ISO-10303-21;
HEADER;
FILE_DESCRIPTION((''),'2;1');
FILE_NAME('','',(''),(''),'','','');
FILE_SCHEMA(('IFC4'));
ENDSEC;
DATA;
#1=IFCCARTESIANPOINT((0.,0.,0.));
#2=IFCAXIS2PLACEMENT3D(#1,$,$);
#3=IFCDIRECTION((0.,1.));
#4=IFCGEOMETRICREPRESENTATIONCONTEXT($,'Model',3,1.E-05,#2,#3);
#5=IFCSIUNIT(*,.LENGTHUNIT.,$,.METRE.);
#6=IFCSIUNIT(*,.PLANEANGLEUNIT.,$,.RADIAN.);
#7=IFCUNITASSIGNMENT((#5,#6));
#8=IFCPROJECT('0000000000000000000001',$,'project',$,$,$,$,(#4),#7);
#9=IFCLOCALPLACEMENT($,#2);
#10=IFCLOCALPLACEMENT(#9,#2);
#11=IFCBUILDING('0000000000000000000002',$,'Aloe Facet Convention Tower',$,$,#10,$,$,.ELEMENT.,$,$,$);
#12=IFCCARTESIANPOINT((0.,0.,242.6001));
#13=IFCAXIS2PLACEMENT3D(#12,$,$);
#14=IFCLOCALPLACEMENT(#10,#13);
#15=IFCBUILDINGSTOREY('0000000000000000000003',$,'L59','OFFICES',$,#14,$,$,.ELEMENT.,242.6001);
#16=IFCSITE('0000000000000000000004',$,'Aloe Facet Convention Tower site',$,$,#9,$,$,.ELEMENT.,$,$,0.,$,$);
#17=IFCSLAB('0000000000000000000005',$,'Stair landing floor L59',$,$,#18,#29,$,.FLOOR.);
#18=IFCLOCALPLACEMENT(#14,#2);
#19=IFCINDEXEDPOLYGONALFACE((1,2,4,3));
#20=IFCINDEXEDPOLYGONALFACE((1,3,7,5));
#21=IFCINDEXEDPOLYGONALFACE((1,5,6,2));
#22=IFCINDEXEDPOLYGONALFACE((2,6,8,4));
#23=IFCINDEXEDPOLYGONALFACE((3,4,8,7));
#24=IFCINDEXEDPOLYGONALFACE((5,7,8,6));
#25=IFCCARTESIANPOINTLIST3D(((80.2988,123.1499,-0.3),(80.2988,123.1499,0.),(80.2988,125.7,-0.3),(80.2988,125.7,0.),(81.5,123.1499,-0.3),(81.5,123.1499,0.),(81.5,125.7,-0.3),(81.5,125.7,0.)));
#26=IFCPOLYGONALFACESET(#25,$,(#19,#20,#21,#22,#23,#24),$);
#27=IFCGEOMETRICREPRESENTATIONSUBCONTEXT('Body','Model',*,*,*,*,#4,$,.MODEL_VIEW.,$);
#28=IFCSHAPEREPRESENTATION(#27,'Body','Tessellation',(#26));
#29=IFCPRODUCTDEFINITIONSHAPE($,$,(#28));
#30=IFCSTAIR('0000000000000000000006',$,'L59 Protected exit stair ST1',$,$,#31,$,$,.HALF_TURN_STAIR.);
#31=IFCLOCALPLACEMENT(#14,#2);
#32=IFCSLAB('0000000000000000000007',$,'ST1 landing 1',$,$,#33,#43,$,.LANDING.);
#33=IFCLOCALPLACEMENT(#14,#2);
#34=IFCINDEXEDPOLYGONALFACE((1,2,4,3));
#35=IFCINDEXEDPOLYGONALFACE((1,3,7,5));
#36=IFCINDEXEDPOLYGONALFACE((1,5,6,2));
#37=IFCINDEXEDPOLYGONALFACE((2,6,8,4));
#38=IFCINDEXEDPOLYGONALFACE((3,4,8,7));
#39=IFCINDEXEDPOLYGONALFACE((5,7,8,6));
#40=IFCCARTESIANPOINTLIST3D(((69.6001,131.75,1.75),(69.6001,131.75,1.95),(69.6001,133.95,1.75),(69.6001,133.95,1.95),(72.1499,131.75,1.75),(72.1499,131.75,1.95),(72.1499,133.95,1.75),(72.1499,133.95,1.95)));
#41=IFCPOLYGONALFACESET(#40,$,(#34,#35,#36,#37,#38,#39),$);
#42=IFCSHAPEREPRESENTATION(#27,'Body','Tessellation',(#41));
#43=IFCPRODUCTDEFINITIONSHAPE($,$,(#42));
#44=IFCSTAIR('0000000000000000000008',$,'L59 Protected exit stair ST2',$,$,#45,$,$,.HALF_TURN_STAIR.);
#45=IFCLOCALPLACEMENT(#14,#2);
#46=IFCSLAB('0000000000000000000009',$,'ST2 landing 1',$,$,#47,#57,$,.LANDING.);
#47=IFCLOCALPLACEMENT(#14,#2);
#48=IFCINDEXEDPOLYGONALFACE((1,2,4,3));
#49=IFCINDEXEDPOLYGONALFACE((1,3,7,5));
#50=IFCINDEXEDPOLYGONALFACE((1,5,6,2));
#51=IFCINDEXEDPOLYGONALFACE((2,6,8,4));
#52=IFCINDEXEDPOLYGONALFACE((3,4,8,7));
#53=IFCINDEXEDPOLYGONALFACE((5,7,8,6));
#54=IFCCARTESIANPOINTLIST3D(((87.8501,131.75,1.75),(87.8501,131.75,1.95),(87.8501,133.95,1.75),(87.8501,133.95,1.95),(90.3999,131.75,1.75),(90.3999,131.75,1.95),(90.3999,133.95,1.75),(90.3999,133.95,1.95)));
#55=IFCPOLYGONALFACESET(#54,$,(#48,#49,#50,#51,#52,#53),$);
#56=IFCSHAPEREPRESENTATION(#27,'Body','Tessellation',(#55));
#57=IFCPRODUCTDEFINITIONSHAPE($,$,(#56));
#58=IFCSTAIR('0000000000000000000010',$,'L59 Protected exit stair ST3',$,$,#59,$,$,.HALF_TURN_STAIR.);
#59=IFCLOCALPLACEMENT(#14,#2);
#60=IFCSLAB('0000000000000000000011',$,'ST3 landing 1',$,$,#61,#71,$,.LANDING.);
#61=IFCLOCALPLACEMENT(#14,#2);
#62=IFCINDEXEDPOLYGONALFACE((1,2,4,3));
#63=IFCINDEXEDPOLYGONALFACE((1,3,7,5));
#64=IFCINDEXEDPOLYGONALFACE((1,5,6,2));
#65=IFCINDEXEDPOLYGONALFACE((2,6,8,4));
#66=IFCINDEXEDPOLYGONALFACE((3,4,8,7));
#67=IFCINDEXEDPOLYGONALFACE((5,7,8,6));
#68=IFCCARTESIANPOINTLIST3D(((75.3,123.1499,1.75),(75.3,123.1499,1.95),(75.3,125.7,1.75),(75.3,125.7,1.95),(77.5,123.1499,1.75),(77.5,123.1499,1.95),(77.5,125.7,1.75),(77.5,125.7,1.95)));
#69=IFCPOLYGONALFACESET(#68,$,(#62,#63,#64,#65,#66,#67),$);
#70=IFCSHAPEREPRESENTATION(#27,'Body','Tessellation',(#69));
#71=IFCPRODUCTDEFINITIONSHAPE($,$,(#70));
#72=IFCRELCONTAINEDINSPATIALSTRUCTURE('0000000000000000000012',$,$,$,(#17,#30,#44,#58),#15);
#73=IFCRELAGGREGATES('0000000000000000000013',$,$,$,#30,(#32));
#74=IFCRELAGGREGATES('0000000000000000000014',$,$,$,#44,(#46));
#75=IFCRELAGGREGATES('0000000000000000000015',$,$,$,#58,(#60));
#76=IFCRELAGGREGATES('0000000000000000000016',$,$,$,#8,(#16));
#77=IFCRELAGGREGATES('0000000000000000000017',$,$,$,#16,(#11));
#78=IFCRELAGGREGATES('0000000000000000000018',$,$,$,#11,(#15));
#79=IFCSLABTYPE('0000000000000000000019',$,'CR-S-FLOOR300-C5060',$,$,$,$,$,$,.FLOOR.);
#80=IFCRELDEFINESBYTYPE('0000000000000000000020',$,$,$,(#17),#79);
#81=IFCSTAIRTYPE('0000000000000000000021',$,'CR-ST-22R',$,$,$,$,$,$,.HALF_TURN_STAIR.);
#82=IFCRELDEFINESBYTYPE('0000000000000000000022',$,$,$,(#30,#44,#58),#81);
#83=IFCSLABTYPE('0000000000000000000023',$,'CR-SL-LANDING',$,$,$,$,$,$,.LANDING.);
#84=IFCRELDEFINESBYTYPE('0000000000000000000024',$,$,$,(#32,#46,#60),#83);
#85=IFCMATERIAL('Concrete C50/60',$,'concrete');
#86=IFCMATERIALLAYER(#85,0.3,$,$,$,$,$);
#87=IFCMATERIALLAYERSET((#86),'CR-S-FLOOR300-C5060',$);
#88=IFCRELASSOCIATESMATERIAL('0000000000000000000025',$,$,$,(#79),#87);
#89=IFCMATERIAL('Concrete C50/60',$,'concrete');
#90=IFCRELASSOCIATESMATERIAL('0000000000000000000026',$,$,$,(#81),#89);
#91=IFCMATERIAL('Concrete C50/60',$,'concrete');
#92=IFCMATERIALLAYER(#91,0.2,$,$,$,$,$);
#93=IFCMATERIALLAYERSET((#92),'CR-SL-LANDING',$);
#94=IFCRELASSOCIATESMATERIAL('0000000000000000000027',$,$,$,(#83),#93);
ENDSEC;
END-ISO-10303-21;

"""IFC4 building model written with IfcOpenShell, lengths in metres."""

from ifc_helpers import new_model, si_unit, direction, frame, origin, place, context, subcontext, project, spatial, polyline, outline, extrude, material, layer, layer_set, type_object, element, aggregate, save


model = new_model("IFC4")

# Units and contexts
model_context = context("Model", 3, precision=1e-05, world=origin(), true_north=direction((0.0, 1.0)))
body_context = subcontext(model_context, "Body", "Model", "MODEL_VIEW")
ifc_project = project(units=[si_unit("LENGTHUNIT", "METRE"), si_unit("PLANEANGLEUNIT", "RADIAN")], contexts=[model_context])

# Site, building, storey
site_placement = place(None, origin())
site = spatial("IfcSite", under=ifc_project, at=site_placement, Name="Aloe Facet Convention Tower site", CompositionType="ELEMENT", RefElevation=0.0)
building_placement = place(site_placement, origin())
building = spatial("IfcBuilding", under=site, at=building_placement, Name="Aloe Facet Convention Tower", CompositionType="ELEMENT")
storey_placement = place(building_placement, frame((0.0, 0.0, 242.6001)))
storey = spatial("IfcBuildingStorey", under=building, at=storey_placement, Name="L59", Description="OFFICES", CompositionType="ELEMENT", Elevation=242.6001)

# Slab
ifc_material_1 = material(Name="Concrete C50/60", Category="concrete")
ifc_layer_1 = layer(ifc_material_1, 0.3)
ifc_layer_set_1 = layer_set([ifc_layer_1], Name="CR-S-FLOOR300-C5060")
slab_type_1 = type_object("IfcSlabType", Name="CR-S-FLOOR300-C5060", PredefinedType="FLOOR", material=ifc_layer_set_1)
slab_1_placement = place(storey_placement, frame((0.0, 0.0, -0.3)))
element("IfcSlab", 1, at=slab_1_placement, inside=storey, type_object=slab_type_1, Name="Stair landing floor L59", PredefinedType="FLOOR", context=body_context, shape_type="SweptSolid", body=[
    extrude(outline(polyline([(81.5, 125.7), (80.2988, 125.7), (80.2988, 123.1499), (81.5, 123.1499), (81.5, 125.7)])), origin(), (0.0, 0.0, 1.0), 0.3),
])

# Stairs, slabs
ifc_material_2 = material(Name="Concrete C50/60", Category="concrete")
stair_type = type_object("IfcStairType", Name="CR-ST-22R", PredefinedType="HALF_TURN_STAIR", material=ifc_material_2)
stair_1_placement = place(storey_placement, origin())
stair_1 = element("IfcStair", 2, at=stair_1_placement, inside=storey, type_object=stair_type, Name="L59 Protected exit stair ST1", PredefinedType="HALF_TURN_STAIR")
ifc_material_3 = material(Name="Concrete C50/60", Category="concrete")
ifc_layer_2 = layer(ifc_material_3, 0.2)
ifc_layer_set_2 = layer_set([ifc_layer_2], Name="CR-SL-LANDING")
slab_type_2 = type_object("IfcSlabType", Name="CR-SL-LANDING", PredefinedType="LANDING", material=ifc_layer_set_2)
slab_2_placement = place(storey_placement, frame((0.0, 0.0, 1.75)))
slab_2 = element("IfcSlab", 3, at=slab_2_placement, type_object=slab_type_2, Name="ST1 landing 1", PredefinedType="LANDING", context=body_context, shape_type="SweptSolid", body=[
    extrude(outline(polyline([(72.1499, 131.75), (72.1499, 133.95), (69.6001, 133.95), (69.6001, 131.75), (72.1499, 131.75)])), origin(), (0.0, 0.0, 1.0), 0.2),
])
aggregate(stair_1, [slab_2])
stair_2_placement = place(storey_placement, origin())
stair_2 = element("IfcStair", 4, at=stair_2_placement, inside=storey, type_object=stair_type, Name="L59 Protected exit stair ST2", PredefinedType="HALF_TURN_STAIR")
slab_3_placement = place(storey_placement, frame((0.0, 0.0, 1.75)))
slab_3 = element("IfcSlab", 5, at=slab_3_placement, type_object=slab_type_2, Name="ST2 landing 1", PredefinedType="LANDING", context=body_context, shape_type="SweptSolid", body=[
    extrude(outline(polyline([(90.3999, 131.75), (90.3999, 133.95), (87.8501, 133.95), (87.8501, 131.75), (90.3999, 131.75)])), origin(), (0.0, 0.0, 1.0), 0.2),
])
aggregate(stair_2, [slab_3])
stair_3_placement = place(storey_placement, origin())
stair_3 = element("IfcStair", 6, at=stair_3_placement, inside=storey, type_object=stair_type, Name="L59 Protected exit stair ST3", PredefinedType="HALF_TURN_STAIR")
slab_4_placement = place(storey_placement, frame((0.0, 0.0, 1.75)))
slab_4 = element("IfcSlab", 7, at=slab_4_placement, type_object=slab_type_2, Name="ST3 landing 1", PredefinedType="LANDING", context=body_context, shape_type="SweptSolid", body=[
    extrude(outline(polyline([(77.5, 125.7), (75.3, 125.7), (75.3, 123.1499), (77.5, 123.1499), (77.5, 125.7)])), origin(), (0.0, 0.0, 1.0), 0.2),
])
aggregate(stair_3, [slab_4])

save(model, "model.ifc")
